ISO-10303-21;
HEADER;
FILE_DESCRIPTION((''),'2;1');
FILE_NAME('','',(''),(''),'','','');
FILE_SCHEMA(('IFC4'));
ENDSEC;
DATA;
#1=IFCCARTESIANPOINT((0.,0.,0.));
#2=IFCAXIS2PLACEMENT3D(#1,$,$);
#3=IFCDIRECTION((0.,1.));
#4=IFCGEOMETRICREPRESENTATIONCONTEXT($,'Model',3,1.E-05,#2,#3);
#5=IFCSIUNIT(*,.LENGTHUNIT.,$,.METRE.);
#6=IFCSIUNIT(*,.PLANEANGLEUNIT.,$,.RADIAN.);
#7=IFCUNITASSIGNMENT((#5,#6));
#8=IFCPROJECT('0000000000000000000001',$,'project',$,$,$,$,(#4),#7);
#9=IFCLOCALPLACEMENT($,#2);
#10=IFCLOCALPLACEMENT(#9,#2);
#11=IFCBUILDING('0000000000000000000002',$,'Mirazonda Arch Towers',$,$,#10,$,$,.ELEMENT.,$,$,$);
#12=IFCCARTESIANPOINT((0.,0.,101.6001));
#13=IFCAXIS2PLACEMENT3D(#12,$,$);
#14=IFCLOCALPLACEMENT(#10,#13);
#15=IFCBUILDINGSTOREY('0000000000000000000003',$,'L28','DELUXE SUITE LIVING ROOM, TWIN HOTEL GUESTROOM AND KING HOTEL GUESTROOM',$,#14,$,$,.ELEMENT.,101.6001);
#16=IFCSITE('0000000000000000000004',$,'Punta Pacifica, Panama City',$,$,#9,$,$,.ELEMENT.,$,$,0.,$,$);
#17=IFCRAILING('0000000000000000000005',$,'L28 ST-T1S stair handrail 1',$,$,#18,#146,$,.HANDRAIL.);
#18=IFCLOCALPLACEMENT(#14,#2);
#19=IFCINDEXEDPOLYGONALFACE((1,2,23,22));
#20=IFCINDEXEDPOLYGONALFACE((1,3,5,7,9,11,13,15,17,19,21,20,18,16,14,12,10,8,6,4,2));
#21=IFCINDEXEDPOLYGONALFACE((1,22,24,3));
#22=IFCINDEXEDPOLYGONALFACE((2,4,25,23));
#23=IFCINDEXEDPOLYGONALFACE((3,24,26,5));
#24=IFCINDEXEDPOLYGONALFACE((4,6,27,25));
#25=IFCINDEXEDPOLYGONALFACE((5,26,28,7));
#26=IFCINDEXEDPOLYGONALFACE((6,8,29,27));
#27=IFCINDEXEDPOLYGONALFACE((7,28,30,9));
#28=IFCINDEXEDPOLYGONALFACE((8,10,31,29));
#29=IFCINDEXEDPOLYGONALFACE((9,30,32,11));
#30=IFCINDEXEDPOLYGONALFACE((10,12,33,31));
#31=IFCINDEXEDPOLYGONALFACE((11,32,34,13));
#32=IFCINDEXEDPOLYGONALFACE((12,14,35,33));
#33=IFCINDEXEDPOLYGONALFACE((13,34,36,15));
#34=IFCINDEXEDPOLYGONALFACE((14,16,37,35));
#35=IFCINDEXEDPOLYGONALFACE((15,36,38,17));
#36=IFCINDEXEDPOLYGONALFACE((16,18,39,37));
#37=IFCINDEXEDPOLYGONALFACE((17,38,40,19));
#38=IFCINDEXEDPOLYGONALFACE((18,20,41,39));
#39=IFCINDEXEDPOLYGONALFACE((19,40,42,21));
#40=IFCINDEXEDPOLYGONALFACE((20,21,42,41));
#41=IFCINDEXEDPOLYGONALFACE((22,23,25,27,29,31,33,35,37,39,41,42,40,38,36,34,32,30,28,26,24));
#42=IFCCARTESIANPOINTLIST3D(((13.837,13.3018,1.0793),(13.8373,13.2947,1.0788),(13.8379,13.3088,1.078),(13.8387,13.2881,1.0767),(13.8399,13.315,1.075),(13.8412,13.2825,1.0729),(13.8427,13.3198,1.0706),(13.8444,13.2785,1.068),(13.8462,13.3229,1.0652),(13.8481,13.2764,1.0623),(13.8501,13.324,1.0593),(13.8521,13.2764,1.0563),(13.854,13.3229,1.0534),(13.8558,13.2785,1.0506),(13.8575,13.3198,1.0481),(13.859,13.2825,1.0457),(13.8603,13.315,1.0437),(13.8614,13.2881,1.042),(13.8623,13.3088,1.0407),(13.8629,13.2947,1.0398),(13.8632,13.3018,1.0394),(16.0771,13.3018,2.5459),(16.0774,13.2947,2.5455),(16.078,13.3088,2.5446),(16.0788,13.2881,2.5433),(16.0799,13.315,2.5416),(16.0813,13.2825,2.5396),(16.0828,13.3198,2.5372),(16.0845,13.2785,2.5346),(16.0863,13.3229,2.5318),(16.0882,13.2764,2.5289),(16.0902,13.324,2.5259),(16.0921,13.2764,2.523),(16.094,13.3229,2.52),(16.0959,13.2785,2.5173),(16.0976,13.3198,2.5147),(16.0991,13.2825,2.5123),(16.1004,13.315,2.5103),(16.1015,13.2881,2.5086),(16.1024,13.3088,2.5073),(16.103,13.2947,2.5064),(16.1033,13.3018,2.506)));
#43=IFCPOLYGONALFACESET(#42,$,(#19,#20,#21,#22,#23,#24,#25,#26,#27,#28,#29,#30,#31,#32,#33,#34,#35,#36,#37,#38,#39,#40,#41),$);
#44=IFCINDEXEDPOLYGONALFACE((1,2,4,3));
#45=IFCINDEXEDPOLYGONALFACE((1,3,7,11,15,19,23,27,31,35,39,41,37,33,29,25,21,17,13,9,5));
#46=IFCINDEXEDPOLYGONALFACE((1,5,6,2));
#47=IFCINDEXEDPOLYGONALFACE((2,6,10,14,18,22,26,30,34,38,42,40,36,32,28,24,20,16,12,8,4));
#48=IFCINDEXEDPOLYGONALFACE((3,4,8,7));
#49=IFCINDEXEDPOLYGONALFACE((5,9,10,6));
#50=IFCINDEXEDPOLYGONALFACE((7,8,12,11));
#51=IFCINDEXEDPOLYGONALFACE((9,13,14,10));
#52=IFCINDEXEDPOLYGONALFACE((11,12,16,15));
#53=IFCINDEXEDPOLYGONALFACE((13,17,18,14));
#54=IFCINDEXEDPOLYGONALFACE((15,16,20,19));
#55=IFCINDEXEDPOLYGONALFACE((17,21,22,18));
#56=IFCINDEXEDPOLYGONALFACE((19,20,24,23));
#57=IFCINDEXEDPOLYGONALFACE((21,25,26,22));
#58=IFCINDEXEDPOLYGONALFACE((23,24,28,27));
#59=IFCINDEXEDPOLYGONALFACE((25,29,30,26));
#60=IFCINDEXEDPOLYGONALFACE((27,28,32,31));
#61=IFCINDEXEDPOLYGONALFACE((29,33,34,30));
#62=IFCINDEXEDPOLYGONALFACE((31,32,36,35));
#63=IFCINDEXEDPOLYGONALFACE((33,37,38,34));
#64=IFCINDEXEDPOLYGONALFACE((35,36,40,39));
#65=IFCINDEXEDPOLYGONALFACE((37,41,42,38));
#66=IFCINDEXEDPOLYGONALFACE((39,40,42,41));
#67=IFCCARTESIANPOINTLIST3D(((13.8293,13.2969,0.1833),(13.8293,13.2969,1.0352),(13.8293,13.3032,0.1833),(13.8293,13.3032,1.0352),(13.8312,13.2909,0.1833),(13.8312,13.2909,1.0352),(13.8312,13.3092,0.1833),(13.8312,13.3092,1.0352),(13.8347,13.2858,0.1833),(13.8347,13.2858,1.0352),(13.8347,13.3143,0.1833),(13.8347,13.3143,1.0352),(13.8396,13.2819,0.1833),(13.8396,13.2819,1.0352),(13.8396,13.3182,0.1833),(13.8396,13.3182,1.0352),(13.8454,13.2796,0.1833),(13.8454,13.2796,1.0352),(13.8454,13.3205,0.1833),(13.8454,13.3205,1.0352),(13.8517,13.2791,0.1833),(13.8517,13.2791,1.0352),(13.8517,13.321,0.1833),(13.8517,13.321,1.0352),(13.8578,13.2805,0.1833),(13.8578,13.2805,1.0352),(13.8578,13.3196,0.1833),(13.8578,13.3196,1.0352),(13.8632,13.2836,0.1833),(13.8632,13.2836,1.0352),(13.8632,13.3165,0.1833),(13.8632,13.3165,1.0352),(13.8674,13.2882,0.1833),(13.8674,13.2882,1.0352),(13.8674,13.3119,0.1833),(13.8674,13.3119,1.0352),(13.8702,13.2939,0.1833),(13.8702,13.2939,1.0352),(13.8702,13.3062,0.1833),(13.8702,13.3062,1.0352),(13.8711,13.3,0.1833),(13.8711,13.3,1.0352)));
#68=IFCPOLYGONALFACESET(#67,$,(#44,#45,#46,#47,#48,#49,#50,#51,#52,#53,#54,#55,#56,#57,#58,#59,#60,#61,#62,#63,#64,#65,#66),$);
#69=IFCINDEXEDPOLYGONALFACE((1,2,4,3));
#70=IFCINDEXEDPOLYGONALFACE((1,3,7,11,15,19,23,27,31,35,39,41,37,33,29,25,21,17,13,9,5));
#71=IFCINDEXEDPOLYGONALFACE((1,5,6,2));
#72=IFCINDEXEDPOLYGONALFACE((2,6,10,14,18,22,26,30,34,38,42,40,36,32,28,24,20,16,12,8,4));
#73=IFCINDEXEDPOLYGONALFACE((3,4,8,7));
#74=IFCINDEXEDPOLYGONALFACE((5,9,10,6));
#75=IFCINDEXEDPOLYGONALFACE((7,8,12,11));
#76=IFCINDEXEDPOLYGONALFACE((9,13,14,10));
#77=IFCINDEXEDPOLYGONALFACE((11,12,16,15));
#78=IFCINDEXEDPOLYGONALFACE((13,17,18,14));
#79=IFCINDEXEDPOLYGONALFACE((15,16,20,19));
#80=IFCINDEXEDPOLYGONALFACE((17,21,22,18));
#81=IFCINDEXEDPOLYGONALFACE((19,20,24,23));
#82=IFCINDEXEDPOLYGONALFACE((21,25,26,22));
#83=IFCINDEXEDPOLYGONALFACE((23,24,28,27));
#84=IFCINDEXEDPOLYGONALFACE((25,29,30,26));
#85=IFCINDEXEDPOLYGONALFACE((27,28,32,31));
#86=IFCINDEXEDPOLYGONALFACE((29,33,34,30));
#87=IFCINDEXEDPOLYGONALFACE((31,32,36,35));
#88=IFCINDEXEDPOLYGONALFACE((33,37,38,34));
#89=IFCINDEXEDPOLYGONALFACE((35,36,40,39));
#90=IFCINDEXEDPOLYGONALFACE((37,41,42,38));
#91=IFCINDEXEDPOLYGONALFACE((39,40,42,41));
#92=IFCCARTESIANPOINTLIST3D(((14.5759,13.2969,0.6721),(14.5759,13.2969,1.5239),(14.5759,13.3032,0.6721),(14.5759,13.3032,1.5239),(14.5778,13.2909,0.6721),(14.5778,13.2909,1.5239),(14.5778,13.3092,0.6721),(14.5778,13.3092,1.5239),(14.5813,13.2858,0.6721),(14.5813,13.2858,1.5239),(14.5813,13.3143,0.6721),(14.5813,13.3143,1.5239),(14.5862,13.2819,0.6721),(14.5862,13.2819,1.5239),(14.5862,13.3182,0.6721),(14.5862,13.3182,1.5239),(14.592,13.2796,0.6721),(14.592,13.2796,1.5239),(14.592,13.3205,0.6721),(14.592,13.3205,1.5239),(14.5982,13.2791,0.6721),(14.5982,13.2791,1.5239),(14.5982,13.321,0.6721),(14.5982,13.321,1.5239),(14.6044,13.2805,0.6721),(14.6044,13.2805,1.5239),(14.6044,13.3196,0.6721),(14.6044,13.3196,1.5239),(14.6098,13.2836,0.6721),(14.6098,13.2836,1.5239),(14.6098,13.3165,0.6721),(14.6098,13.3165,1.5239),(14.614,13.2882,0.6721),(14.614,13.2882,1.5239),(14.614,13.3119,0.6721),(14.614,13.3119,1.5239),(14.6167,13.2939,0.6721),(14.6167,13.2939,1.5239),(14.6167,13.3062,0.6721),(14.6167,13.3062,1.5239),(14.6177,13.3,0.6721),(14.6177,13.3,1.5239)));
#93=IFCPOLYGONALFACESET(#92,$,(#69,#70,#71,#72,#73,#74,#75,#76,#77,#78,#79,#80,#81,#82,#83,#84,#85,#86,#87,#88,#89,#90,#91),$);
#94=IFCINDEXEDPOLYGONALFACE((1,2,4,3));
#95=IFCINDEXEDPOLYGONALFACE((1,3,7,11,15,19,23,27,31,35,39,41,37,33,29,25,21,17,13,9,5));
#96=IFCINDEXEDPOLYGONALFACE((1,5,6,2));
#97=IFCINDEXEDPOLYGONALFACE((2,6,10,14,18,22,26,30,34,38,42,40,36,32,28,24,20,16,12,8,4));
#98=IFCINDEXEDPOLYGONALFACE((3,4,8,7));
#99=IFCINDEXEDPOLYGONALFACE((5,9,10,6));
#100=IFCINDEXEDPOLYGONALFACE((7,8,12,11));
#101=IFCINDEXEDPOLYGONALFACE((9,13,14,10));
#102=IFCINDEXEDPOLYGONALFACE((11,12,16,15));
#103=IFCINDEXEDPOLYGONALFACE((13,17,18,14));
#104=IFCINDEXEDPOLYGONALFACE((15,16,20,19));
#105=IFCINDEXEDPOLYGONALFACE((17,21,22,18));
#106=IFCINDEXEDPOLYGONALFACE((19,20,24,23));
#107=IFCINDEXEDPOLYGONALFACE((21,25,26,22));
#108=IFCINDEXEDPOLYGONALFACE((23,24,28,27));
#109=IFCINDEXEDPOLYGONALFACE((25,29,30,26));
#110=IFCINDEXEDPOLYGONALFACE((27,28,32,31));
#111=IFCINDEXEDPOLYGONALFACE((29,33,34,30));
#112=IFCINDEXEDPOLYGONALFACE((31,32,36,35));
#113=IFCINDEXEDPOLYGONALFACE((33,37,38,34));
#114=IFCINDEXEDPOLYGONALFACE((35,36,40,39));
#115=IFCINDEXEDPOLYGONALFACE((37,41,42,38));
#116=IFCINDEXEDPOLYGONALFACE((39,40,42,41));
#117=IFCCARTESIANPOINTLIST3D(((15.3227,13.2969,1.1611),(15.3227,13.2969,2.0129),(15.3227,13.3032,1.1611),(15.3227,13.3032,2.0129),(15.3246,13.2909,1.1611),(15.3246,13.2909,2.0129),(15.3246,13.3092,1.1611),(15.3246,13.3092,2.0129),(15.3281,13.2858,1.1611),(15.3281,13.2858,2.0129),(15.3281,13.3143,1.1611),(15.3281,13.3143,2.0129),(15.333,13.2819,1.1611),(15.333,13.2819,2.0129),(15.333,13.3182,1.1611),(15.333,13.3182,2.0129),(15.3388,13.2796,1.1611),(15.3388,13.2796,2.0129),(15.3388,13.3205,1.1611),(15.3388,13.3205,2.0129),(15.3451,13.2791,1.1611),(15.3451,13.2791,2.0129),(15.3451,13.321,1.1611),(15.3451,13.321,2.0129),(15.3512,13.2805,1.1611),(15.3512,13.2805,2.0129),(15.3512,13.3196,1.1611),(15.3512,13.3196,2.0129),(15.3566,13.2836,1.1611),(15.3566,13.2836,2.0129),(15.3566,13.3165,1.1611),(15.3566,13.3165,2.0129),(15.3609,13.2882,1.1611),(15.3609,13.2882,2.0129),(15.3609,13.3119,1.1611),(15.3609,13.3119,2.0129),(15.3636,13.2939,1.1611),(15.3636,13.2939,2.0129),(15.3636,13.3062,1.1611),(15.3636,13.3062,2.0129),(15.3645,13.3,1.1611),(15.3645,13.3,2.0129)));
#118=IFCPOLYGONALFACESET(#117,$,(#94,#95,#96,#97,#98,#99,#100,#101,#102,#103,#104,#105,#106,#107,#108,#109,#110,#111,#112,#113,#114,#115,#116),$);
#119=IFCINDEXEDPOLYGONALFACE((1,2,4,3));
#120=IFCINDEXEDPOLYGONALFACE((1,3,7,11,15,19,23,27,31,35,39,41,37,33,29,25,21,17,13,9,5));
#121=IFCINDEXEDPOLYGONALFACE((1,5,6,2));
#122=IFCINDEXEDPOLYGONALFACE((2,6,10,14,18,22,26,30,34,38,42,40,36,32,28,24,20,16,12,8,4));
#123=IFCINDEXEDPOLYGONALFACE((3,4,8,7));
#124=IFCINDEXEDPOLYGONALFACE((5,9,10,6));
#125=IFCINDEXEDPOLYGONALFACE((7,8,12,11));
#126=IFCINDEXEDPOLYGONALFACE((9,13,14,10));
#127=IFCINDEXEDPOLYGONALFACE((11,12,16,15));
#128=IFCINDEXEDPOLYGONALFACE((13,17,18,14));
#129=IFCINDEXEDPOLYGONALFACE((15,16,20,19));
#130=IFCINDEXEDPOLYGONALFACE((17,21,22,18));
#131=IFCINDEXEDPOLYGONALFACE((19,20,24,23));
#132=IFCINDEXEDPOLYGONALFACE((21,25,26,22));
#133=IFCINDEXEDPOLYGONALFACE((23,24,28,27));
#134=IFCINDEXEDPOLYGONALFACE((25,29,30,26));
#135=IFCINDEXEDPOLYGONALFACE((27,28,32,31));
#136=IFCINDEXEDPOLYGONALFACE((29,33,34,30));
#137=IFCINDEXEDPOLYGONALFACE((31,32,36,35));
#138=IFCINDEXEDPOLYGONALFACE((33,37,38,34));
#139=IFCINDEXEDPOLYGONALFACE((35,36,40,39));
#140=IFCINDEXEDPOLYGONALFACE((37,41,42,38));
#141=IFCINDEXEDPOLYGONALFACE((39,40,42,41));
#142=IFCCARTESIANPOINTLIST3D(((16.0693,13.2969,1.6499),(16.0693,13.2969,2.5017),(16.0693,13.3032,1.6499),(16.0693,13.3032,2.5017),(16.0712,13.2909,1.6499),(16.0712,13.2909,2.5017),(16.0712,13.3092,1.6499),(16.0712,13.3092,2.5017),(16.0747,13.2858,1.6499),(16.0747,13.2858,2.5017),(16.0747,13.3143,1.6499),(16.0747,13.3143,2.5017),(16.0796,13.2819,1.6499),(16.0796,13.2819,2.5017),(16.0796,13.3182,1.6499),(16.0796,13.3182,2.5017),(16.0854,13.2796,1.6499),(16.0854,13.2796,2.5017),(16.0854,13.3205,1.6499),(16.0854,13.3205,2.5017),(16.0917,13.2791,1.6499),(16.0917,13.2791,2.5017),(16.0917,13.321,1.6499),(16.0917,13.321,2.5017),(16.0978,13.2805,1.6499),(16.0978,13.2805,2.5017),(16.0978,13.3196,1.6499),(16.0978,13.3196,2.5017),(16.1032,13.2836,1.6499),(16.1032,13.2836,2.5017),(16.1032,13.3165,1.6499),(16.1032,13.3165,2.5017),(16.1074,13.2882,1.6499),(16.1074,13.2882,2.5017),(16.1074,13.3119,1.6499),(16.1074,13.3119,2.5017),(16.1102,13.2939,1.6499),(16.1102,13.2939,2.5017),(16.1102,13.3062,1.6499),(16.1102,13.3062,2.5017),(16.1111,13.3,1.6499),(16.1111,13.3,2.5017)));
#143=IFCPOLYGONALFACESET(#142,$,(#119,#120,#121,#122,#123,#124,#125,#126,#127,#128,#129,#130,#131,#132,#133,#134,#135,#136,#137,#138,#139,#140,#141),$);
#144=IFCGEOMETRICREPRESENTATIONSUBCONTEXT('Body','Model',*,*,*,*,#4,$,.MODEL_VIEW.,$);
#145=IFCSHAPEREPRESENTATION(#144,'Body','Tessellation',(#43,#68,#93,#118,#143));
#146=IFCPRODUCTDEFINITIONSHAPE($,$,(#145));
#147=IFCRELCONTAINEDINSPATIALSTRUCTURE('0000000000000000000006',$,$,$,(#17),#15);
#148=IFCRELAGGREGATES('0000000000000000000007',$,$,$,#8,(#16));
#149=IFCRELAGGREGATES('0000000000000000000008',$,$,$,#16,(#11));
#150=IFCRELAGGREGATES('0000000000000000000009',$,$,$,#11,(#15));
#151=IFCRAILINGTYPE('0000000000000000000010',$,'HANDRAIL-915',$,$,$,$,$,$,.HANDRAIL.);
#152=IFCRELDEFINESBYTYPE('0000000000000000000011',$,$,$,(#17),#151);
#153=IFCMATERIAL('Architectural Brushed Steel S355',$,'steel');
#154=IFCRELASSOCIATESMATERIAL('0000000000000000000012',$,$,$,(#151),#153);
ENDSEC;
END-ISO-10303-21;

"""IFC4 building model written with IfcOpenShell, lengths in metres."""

from ifc_helpers import new_model, si_unit, direction, frame, origin, origin_2d, place, context, subcontext, project, spatial, circle, extrude, material, type_object, element, save


model = new_model("IFC4")

# Units and contexts
model_context = context("Model", 3, precision=1e-05, world=origin(), true_north=direction((0.0, 1.0)))
body_context = subcontext(model_context, "Body", "Model", "MODEL_VIEW")
ifc_project = project(units=[si_unit("LENGTHUNIT", "METRE"), si_unit("PLANEANGLEUNIT", "RADIAN")], contexts=[model_context])

# Site, building, storey
site_placement = place(None, origin())
site = spatial("IfcSite", under=ifc_project, at=site_placement, Name="Punta Pacifica, Panama City", CompositionType="ELEMENT", RefElevation=0.0)
building_placement = place(site_placement, origin())
building = spatial("IfcBuilding", under=site, at=building_placement, Name="Mirazonda Arch Towers", CompositionType="ELEMENT")
storey_placement = place(building_placement, frame((0.0, 0.0, 101.6001)))
storey = spatial("IfcBuildingStorey", under=building, at=storey_placement, Name="L28", Description="DELUXE SUITE LIVING ROOM, TWIN HOTEL GUESTROOM AND KING HOTEL GUESTROOM", CompositionType="ELEMENT", Elevation=101.6001)

# Shared definitions
ifc_material_1 = material(Name="Architectural Brushed Steel S355", Category="steel")

# Railing
railing_type_1 = type_object("IfcRailingType", Name="HANDRAIL-915", PredefinedType="HANDRAIL", material=ifc_material_1)
railing_1_placement = place(storey_placement, frame((13.8501, 13.3, 0.1833)))
element("IfcRailing", 1, at=railing_1_placement, inside=storey, type_object=railing_type_1, Name="L28 ST-T1S stair handrail 1", PredefinedType="HANDRAIL", context=body_context, shape_type="SweptSolid", body=[
    extrude(circle(Radius=0.0239, at=origin_2d()), frame((0.0, 0.0, 0.876), z_axis=(0.836637, 0.0, 0.547758), x_axis=(0.0, 1.0, 0.0)), (0.0, 0.0, 1.0), 2.6775),
    extrude(circle(Radius=0.021, at=origin_2d()), origin(), (0.0, 0.0, 1.0), 0.8518),
    extrude(circle(Radius=0.021, at=origin_2d()), frame((0.7466, 0.0, 0.4888)), (0.0, 0.0, 1.0), 0.8518),
    extrude(circle(Radius=0.021, at=origin_2d()), frame((1.4934, 0.0, 0.9778)), (0.0, 0.0, 1.0), 0.8518),
    extrude(circle(Radius=0.021, at=origin_2d()), frame((2.24, 0.0, 1.4666)), (0.0, 0.0, 1.0), 0.8518),
])

save(model, "model.ifc")
